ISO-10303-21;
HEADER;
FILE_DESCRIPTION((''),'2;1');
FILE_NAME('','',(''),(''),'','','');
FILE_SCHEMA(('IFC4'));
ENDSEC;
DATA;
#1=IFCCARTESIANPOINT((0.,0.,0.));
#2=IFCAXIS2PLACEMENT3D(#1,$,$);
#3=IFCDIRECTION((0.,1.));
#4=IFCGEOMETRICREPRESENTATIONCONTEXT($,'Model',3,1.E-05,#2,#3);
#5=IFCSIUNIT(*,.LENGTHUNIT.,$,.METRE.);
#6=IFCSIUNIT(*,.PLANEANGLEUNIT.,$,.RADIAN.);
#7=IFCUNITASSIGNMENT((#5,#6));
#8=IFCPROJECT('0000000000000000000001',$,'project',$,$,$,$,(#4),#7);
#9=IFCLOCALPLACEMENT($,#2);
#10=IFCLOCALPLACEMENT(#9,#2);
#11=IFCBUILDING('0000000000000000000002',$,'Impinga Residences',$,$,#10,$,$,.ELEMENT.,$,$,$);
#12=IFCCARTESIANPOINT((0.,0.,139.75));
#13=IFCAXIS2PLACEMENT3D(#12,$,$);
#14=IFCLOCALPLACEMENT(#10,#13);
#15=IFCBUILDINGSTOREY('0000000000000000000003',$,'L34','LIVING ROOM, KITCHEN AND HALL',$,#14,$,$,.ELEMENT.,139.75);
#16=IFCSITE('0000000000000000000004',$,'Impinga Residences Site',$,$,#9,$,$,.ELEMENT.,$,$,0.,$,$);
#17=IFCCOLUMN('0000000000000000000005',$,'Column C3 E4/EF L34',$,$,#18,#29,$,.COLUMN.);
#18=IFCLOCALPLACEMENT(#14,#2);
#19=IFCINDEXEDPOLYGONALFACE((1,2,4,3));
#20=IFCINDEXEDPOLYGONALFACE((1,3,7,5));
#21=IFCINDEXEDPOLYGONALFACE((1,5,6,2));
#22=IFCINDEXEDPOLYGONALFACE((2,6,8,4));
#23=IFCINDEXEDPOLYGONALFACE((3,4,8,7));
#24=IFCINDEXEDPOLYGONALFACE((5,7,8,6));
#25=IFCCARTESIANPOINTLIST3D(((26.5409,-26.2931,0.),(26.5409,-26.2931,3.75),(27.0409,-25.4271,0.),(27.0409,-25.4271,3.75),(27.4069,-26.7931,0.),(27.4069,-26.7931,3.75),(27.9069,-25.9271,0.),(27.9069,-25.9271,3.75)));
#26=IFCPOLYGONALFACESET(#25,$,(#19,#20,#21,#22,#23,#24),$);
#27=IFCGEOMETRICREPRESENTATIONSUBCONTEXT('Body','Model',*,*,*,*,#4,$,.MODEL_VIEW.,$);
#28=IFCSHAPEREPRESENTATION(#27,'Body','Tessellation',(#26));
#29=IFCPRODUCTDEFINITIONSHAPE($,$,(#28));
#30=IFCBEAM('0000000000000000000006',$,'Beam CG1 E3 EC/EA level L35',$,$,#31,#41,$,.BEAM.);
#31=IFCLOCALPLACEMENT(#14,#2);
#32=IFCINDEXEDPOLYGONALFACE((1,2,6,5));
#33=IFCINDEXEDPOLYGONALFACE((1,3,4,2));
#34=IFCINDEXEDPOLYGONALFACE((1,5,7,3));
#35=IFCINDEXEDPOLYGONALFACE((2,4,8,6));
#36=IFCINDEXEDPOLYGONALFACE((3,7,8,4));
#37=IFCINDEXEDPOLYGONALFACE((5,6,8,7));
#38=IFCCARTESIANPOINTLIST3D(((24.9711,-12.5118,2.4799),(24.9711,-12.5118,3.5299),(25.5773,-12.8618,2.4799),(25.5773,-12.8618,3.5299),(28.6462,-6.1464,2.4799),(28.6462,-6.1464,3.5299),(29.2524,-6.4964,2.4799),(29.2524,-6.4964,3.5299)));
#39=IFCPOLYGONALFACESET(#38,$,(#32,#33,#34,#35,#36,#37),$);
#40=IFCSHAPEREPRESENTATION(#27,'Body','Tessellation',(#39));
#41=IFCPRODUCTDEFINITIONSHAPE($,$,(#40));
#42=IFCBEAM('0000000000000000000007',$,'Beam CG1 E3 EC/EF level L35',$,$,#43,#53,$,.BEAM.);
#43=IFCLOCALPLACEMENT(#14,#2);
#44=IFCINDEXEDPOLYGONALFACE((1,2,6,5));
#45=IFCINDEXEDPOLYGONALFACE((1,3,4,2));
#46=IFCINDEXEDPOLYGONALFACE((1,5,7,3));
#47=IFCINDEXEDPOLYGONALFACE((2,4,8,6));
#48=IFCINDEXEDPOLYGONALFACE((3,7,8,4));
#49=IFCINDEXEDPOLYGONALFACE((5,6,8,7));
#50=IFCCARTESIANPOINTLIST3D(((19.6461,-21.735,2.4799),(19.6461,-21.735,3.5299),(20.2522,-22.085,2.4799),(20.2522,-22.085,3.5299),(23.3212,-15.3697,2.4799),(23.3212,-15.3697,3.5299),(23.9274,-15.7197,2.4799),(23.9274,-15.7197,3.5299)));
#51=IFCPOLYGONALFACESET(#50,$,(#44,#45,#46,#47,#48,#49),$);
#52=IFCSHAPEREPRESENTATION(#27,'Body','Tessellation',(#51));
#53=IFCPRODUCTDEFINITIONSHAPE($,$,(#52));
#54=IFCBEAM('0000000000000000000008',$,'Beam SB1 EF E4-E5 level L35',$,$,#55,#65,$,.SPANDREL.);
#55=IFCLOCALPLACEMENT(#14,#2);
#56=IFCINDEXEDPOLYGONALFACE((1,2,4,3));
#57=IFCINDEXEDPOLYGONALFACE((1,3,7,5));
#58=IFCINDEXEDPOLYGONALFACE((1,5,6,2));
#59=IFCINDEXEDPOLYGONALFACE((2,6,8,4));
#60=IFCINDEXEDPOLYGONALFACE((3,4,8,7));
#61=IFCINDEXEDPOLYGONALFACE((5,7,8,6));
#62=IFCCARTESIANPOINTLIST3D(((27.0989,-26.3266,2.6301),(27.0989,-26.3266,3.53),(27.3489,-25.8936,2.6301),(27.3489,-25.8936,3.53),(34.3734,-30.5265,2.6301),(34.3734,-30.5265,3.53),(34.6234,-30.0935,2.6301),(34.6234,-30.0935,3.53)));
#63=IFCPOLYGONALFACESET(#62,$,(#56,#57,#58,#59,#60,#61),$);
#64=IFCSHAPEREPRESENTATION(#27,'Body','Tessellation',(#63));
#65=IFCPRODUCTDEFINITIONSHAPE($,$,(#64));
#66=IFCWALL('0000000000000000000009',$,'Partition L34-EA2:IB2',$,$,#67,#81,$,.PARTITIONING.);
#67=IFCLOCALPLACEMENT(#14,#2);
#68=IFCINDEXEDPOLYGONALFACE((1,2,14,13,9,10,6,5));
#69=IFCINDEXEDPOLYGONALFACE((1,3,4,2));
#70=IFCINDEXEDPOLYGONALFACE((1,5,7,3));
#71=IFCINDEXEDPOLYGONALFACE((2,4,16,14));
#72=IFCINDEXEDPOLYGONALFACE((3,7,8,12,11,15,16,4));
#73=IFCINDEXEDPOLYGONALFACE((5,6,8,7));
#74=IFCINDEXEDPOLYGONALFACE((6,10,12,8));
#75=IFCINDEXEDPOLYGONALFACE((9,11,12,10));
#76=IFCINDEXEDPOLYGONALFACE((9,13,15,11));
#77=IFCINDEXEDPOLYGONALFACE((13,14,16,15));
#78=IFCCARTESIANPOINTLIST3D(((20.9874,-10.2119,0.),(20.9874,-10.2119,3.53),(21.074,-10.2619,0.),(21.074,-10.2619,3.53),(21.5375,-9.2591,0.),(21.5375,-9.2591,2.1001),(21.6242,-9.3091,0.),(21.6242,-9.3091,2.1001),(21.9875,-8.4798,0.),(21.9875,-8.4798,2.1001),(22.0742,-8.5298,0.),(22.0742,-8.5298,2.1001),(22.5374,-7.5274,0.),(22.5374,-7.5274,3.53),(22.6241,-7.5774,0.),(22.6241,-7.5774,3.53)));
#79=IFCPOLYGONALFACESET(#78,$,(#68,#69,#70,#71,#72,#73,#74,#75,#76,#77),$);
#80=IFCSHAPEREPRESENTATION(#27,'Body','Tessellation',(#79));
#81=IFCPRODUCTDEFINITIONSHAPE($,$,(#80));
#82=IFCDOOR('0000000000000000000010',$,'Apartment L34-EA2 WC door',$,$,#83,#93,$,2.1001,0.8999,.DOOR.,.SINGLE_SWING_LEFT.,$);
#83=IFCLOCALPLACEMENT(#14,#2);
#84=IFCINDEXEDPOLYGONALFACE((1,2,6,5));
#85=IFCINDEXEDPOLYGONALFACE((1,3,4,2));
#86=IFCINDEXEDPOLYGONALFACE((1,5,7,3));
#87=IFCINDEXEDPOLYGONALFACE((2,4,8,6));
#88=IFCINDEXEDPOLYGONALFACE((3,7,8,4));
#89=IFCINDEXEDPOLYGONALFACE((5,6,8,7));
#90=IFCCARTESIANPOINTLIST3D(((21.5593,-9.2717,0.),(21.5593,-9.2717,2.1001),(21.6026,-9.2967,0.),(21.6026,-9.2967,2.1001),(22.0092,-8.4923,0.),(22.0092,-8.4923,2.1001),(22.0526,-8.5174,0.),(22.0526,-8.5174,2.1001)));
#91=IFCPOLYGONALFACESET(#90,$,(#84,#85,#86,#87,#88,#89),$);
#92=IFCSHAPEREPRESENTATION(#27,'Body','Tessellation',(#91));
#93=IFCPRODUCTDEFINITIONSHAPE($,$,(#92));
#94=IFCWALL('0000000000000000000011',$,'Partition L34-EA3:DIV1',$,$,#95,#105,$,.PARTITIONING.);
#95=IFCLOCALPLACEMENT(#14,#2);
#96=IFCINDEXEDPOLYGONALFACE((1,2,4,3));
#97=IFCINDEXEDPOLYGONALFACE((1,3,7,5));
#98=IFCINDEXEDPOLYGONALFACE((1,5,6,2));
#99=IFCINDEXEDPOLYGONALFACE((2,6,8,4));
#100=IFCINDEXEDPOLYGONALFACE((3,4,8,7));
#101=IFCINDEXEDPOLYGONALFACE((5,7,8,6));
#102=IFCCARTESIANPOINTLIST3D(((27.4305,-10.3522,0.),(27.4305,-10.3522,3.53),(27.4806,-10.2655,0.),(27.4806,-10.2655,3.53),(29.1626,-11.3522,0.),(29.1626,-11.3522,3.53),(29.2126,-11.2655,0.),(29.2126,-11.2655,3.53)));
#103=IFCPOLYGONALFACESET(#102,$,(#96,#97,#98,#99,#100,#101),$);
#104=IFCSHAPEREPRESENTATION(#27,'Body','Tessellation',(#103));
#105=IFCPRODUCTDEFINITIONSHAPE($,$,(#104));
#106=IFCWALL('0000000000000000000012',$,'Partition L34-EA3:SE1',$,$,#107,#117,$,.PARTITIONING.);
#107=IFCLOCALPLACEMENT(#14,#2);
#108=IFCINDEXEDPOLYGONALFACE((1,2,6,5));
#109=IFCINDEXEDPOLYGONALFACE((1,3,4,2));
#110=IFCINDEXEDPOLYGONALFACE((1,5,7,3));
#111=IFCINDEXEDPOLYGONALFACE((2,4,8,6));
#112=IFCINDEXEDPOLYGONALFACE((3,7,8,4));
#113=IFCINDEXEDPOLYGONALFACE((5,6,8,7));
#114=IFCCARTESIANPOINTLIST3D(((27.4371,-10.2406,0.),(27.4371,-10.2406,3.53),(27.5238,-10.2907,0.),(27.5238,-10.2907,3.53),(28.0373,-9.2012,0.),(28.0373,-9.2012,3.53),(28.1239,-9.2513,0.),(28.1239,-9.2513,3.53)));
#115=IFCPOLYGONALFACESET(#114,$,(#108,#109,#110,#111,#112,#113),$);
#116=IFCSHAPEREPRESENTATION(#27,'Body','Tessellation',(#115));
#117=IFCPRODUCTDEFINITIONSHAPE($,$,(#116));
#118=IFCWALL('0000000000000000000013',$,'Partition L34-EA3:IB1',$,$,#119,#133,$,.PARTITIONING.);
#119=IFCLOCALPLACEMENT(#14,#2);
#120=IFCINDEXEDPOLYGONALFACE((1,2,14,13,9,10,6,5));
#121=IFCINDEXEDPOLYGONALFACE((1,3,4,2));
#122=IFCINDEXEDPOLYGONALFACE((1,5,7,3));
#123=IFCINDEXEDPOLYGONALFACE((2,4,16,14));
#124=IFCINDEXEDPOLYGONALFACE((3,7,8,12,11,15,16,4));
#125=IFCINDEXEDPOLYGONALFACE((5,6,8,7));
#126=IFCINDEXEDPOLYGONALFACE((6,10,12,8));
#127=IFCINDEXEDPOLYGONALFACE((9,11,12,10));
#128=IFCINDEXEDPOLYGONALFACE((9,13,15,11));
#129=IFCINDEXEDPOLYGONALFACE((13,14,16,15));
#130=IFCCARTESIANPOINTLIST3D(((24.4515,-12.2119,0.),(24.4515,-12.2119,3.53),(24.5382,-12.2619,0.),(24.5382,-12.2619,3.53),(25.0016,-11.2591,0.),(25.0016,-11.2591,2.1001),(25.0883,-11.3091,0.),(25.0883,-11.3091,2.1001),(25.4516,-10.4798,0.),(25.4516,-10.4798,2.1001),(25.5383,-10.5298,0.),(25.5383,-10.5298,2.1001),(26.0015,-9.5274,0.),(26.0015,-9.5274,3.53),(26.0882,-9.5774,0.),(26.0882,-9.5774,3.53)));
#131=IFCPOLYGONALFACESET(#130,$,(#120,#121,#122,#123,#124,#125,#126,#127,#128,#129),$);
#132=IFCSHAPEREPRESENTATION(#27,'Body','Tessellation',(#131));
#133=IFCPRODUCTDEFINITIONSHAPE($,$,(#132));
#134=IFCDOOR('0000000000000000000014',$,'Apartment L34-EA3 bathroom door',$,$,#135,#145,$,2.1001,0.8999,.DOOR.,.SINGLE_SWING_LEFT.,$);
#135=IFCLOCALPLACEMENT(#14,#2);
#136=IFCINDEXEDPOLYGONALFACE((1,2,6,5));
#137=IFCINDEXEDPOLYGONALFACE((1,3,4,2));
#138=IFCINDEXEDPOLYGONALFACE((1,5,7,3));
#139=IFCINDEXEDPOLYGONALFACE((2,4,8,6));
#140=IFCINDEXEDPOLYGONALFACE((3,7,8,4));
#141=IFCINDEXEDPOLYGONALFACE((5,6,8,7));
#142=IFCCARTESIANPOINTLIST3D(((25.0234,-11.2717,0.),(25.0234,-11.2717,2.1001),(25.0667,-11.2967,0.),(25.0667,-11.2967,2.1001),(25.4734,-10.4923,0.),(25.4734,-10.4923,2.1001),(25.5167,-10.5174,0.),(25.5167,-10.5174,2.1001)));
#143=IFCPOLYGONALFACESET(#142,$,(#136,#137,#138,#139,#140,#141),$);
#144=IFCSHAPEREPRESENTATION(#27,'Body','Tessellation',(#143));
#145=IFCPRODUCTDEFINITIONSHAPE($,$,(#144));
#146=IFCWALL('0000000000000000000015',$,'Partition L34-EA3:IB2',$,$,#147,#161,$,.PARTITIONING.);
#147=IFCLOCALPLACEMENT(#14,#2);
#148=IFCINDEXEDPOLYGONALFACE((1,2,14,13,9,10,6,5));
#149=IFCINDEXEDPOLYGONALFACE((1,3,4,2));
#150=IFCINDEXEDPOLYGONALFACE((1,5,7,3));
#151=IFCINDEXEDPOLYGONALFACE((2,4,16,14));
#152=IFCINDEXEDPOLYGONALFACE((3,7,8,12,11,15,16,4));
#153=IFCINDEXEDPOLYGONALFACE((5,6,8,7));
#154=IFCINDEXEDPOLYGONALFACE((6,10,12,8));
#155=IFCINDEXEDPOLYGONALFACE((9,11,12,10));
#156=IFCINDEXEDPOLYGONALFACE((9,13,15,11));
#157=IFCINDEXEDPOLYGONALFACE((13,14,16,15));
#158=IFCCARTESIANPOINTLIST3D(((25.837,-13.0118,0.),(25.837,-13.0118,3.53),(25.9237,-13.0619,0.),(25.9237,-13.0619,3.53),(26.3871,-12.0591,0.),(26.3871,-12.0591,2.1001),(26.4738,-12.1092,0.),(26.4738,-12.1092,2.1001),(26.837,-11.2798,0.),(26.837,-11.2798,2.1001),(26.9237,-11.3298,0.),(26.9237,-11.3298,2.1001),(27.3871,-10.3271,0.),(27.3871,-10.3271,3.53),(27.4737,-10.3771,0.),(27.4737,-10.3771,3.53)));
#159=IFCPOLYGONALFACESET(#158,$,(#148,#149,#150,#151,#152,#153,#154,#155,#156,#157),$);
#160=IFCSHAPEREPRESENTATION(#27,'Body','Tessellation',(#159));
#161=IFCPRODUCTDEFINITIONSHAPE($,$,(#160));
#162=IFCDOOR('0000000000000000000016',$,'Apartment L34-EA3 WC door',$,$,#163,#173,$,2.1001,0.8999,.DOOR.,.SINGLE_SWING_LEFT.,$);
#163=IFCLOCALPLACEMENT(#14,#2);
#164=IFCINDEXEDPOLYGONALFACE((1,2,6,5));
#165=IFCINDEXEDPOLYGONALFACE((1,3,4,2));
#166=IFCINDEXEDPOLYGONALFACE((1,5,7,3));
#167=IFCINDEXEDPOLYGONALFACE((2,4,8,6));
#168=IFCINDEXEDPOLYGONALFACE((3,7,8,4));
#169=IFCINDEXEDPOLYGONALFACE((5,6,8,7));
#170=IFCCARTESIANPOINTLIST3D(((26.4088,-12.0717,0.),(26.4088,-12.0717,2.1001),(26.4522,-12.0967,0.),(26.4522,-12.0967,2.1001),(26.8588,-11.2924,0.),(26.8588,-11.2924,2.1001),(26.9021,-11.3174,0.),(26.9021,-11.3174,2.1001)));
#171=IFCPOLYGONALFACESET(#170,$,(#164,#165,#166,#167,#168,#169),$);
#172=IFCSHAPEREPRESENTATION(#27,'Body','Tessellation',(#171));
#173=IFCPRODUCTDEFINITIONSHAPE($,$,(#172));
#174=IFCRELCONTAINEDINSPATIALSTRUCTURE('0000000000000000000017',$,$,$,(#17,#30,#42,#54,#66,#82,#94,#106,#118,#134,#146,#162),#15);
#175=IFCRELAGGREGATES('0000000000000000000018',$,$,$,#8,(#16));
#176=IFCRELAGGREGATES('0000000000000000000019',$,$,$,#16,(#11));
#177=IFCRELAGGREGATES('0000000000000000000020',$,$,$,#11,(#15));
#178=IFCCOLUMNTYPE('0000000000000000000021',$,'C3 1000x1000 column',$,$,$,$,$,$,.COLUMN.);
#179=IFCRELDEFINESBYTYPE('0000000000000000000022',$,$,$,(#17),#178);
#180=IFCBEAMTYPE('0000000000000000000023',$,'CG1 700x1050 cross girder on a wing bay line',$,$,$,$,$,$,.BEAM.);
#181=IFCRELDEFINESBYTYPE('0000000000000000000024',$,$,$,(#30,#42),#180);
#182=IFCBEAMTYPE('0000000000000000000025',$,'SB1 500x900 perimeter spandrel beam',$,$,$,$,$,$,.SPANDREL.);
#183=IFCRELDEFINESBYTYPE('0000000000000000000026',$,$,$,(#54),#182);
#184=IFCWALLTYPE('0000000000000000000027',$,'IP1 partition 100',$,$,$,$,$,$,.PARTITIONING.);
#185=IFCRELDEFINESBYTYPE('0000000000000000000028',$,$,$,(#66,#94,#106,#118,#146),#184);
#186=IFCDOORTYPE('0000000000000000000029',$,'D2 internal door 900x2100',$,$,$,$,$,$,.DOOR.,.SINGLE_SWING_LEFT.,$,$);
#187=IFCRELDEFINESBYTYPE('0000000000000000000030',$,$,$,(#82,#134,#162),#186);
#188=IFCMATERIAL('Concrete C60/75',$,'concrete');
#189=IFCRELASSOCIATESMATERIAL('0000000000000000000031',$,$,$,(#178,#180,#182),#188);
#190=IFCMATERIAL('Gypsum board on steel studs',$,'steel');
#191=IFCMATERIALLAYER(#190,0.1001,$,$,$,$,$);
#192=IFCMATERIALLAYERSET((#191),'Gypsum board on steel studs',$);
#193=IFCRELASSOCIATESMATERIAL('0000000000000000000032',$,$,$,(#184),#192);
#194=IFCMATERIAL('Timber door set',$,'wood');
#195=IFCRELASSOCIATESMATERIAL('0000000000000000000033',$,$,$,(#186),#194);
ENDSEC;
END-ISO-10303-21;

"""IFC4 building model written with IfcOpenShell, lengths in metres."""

from ifc_helpers import new_model, si_unit, direction, frame, frame_2d, origin, origin_2d, place, context, subcontext, project, spatial, rectangle, extrude, material, layer, layer_set, material_profile, profile_set, type_object, element, fill, save


model = new_model("IFC4")

# Units and contexts
model_context = context("Model", 3, precision=1e-05, world=origin(), true_north=direction((0.0, 1.0)))
body_context = subcontext(model_context, "Body", "Model", "MODEL_VIEW")
ifc_project = project(units=[si_unit("LENGTHUNIT", "METRE"), si_unit("PLANEANGLEUNIT", "RADIAN")], contexts=[model_context])

# Site, building, storey
site_placement = place(None, origin())
site = spatial("IfcSite", under=ifc_project, at=site_placement, Name="Impinga Residences Site", CompositionType="ELEMENT", RefElevation=0.0)
building_placement = place(site_placement, origin())
building = spatial("IfcBuilding", under=site, at=building_placement, Name="Impinga Residences", CompositionType="ELEMENT")
storey_placement = place(building_placement, frame((0.0, 0.0, 139.75)))
storey = spatial("IfcBuildingStorey", under=building, at=storey_placement, Name="L34", Description="LIVING ROOM, KITCHEN AND HALL", CompositionType="ELEMENT", Elevation=139.75)

# Column
ifc_material_1 = material(Name="Concrete C60/75", Category="concrete")
ifc_material_profile_1 = material_profile(ifc_material_1, rectangle(XDim=1.0, YDim=1.0, at=origin_2d()), Name="RC 1000x1000")
ifc_profile_set_1 = profile_set([ifc_material_profile_1], Name="Concrete C60/75")
column_type = type_object("IfcColumnType", Name="C3 1000x1000 column", PredefinedType="COLUMN", material=ifc_profile_set_1)
column_placement = place(storey_placement, frame((27.2239, -26.1101, 0.0), z_axis=(0.0, 0.0, 1.0), x_axis=(-0.5, -0.866025, 0.0)))
element("IfcColumn", 1, at=column_placement, inside=storey, type_object=column_type, Name="Column C3 E4/EF L34", PredefinedType="COLUMN", context=body_context, shape_type="SweptSolid", body=[
    extrude(rectangle(XDim=1.0, YDim=1.0, at=origin_2d()), origin(), (0.0, 0.0, 1.0), 3.75),
])

# Beams
ifc_material_profile_2 = material_profile(ifc_material_1, rectangle(XDim=0.7, YDim=1.05, at=origin_2d()), Name="RC 700x1050")
ifc_profile_set_2 = profile_set([ifc_material_profile_2], Name="Concrete C60/75")
beam_type_1 = type_object("IfcBeamType", Name="CG1 700x1050 cross girder on a wing bay line", PredefinedType="BEAM", material=ifc_profile_set_2)
for number, where, z_axis, x_axis, name in (
    (2, (25.2742, -12.6868, 3.0049), (0.500008, 0.866021, 0.0), (-0.866021, 0.500008, 0.0), "Beam CG1 E3 EC/EA level L35"),
    (3, (23.6243, -15.5447, 3.0049), (-0.500008, -0.866021, 0.0), (0.866021, -0.500008, 0.0), "Beam CG1 E3 EC/EF level L35"),
):
    element("IfcBeam", number, at=place(storey_placement, frame(where, z_axis=z_axis, x_axis=x_axis)), inside=storey, type_object=beam_type_1, Name=name, PredefinedType="BEAM", context=body_context, shape_type="SweptSolid", body=[
        extrude(rectangle(XDim=0.7, YDim=1.05, at=origin_2d()), origin(), (0.0, 0.0, 1.0), 7.3501),
    ])
ifc_material_profile_3 = material_profile(ifc_material_1, rectangle(XDim=0.5, YDim=0.8999, at=origin_2d()), Name="RC 500x900")
ifc_profile_set_3 = profile_set([ifc_material_profile_3], Name="Concrete C60/75")
beam_type_2 = type_object("IfcBeamType", Name="SB1 500x900 perimeter spandrel beam", PredefinedType="SPANDREL", material=ifc_profile_set_3)
beam_placement = place(storey_placement, frame((27.2239, -26.1101, 3.0801), z_axis=(0.866029, -0.499993, 0.0), x_axis=(0.499993, 0.866029, 0.0)))
element("IfcBeam", 4, at=beam_placement, inside=storey, type_object=beam_type_2, Name="Beam SB1 EF E4-E5 level L35", PredefinedType="SPANDREL", context=body_context, shape_type="SweptSolid", body=[
    extrude(rectangle(XDim=0.5, YDim=0.8999, at=origin_2d()), origin(), (0.0, 0.0, 1.0), 8.3999),
])

# Wall, opening, door
ifc_material_2 = material(Name="Gypsum board on steel studs", Category="steel")
ifc_layer_1 = layer(ifc_material_2, 0.1001)
ifc_layer_set_1 = layer_set([ifc_layer_1], Name="Gypsum board on steel studs")
wall_type_1 = type_object("IfcWallType", Name="IP1 partition 100", PredefinedType="PARTITIONING", material=ifc_layer_set_1)
wall_1_placement = place(storey_placement, frame((21.0308, -10.2368, 0.0), z_axis=(0.0, 0.0, 1.0), x_axis=(0.500027, 0.86601, 0.0)))
wall_1 = element("IfcWall", 5, at=wall_1_placement, inside=storey, type_object=wall_type_1, Name="Partition L34-EA2:IB2", PredefinedType="PARTITIONING", context=body_context, shape_type="SweptSolid", body=[
    extrude(rectangle(XDim=3.0999, YDim=0.1001, at=frame_2d((1.5498, 0.0))), origin(), (0.0, 0.0, 1.0), 3.53),
])
opening_1_placement = place(wall_1_placement, frame((1.1001, 0.0, 0.0)))
opening_1 = element("IfcOpeningElement", 6, at=opening_1_placement, cuts=wall_1, PredefinedType="OPENING", context=body_context, shape_type="SweptSolid", body=[
    extrude(rectangle(XDim=0.8999, YDim=2.1001, at=frame_2d((0.45, 1.05))), frame((0.0, 0.0601, 0.0), z_axis=(0.0, -1.0, 0.0), x_axis=(1.0, 0.0, 0.0)), (0.0, 0.0, 1.0), 0.1201),
])
ifc_material_3 = material(Name="Timber door set", Category="wood")
door_type = type_object("IfcDoorType", Name="D2 internal door 900x2100", OperationType="SINGLE_SWING_LEFT", PredefinedType="DOOR", material=ifc_material_3)
door_1_placement = place(opening_1_placement, origin())
door_1 = element("IfcDoor", 7, at=door_1_placement, inside=storey, type_object=door_type, Name="Apartment L34-EA2 WC door", OperationType="SINGLE_SWING_LEFT", OverallHeight=2.1001, OverallWidth=0.8999, PredefinedType="DOOR", context=body_context, shape_type="SweptSolid", body=[
    extrude(rectangle(XDim=0.8999, YDim=2.1001, at=frame_2d((0.45, 1.05))), frame((0.0, 0.0249, 0.0), z_axis=(0.0, -1.0, 0.0), x_axis=(1.0, 0.0, 0.0)), (0.0, 0.0, 1.0), 0.05),
])
fill(opening_1, door_1)

# Walls
wall_2_placement = place(storey_placement, frame((27.4556, -10.3088, 0.0), z_axis=(0.0, 0.0, 1.0), x_axis=(0.866011, -0.500025, 0.0)))
element("IfcWall", 8, at=wall_2_placement, inside=storey, type_object=wall_type_1, Name="Partition L34-EA3:DIV1", PredefinedType="PARTITIONING", context=body_context, shape_type="SweptSolid", body=[
    extrude(rectangle(XDim=2.0, YDim=0.1001, at=frame_2d((1.0, 0.0))), origin(), (0.0, 0.0, 1.0), 3.53),
])
wall_3_placement = place(storey_placement, frame((27.4805, -10.2656, 0.0), z_axis=(0.0, 0.0, 1.0), x_axis=(0.500034, 0.866006, 0.0)))
element("IfcWall", 9, at=wall_3_placement, inside=storey, type_object=wall_type_1, Name="Partition L34-EA3:SE1", PredefinedType="PARTITIONING", context=body_context, shape_type="SweptSolid", body=[
    extrude(rectangle(XDim=1.2002, YDim=0.1001, at=frame_2d((0.6001, 0.0))), origin(), (0.0, 0.0, 1.0), 3.53),
])

# Walls, openings, doors
wall_4_placement = place(storey_placement, frame((24.4949, -12.2368, 0.0), z_axis=(0.0, 0.0, 1.0), x_axis=(0.500027, 0.86601, 0.0)))
wall_4 = element("IfcWall", 10, at=wall_4_placement, inside=storey, type_object=wall_type_1, Name="Partition L34-EA3:IB1", PredefinedType="PARTITIONING", context=body_context, shape_type="SweptSolid", body=[
    extrude(rectangle(XDim=3.0999, YDim=0.1001, at=frame_2d((1.5498, 0.0))), origin(), (0.0, 0.0, 1.0), 3.53),
])
opening_2_placement = place(wall_4_placement, frame((1.1001, 0.0, 0.0)))
opening_2 = element("IfcOpeningElement", 11, at=opening_2_placement, cuts=wall_4, PredefinedType="OPENING", context=body_context, shape_type="SweptSolid", body=[
    extrude(rectangle(XDim=0.8999, YDim=2.1001, at=frame_2d((0.45, 1.05))), frame((0.0, 0.0601, 0.0), z_axis=(0.0, -1.0, 0.0), x_axis=(1.0, 0.0, 0.0)), (0.0, 0.0, 1.0), 0.1201),
])
door_2_placement = place(opening_2_placement, origin())
door_2 = element("IfcDoor", 12, at=door_2_placement, inside=storey, type_object=door_type, Name="Apartment L34-EA3 bathroom door", OperationType="SINGLE_SWING_LEFT", OverallHeight=2.1001, OverallWidth=0.8999, PredefinedType="DOOR", context=body_context, shape_type="SweptSolid", body=[
    extrude(rectangle(XDim=0.8999, YDim=2.1001, at=frame_2d((0.45, 1.05))), frame((0.0, 0.0249, 0.0), z_axis=(0.0, -1.0, 0.0), x_axis=(1.0, 0.0, 0.0)), (0.0, 0.0, 1.0), 0.05),
])
fill(opening_2, door_2)
wall_5_placement = place(storey_placement, frame((25.8804, -13.0369, 0.0), z_axis=(0.0, 0.0, 1.0), x_axis=(0.499993, 0.86603, 0.0)))
wall_5 = element("IfcWall", 13, at=wall_5_placement, inside=storey, type_object=wall_type_1, Name="Partition L34-EA3:IB2", PredefinedType="PARTITIONING", context=body_context, shape_type="SweptSolid", body=[
    extrude(rectangle(XDim=3.1001, YDim=0.1001, at=frame_2d((1.55, 0.0))), origin(), (0.0, 0.0, 1.0), 3.53),
])
opening_3_placement = place(wall_5_placement, frame((1.1001, 0.0, 0.0)))
opening_3 = element("IfcOpeningElement", 14, at=opening_3_placement, cuts=wall_5, PredefinedType="OPENING", context=body_context, shape_type="SweptSolid", body=[
    extrude(rectangle(XDim=0.8999, YDim=2.1001, at=frame_2d((0.45, 1.05))), frame((0.0, 0.0601, 0.0), z_axis=(0.0, -1.0, 0.0), x_axis=(1.0, 0.0, 0.0)), (0.0, 0.0, 1.0), 0.1201),
])
door_3_placement = place(opening_3_placement, origin())
door_3 = element("IfcDoor", 15, at=door_3_placement, inside=storey, type_object=door_type, Name="Apartment L34-EA3 WC door", OperationType="SINGLE_SWING_LEFT", OverallHeight=2.1001, OverallWidth=0.8999, PredefinedType="DOOR", context=body_context, shape_type="SweptSolid", body=[
    extrude(rectangle(XDim=0.8999, YDim=2.1001, at=frame_2d((0.45, 1.05))), frame((0.0, 0.0249, 0.0), z_axis=(0.0, -1.0, 0.0), x_axis=(1.0, 0.0, 0.0)), (0.0, 0.0, 1.0), 0.05),
])
fill(opening_3, door_3)

save(model, "model.ifc")
